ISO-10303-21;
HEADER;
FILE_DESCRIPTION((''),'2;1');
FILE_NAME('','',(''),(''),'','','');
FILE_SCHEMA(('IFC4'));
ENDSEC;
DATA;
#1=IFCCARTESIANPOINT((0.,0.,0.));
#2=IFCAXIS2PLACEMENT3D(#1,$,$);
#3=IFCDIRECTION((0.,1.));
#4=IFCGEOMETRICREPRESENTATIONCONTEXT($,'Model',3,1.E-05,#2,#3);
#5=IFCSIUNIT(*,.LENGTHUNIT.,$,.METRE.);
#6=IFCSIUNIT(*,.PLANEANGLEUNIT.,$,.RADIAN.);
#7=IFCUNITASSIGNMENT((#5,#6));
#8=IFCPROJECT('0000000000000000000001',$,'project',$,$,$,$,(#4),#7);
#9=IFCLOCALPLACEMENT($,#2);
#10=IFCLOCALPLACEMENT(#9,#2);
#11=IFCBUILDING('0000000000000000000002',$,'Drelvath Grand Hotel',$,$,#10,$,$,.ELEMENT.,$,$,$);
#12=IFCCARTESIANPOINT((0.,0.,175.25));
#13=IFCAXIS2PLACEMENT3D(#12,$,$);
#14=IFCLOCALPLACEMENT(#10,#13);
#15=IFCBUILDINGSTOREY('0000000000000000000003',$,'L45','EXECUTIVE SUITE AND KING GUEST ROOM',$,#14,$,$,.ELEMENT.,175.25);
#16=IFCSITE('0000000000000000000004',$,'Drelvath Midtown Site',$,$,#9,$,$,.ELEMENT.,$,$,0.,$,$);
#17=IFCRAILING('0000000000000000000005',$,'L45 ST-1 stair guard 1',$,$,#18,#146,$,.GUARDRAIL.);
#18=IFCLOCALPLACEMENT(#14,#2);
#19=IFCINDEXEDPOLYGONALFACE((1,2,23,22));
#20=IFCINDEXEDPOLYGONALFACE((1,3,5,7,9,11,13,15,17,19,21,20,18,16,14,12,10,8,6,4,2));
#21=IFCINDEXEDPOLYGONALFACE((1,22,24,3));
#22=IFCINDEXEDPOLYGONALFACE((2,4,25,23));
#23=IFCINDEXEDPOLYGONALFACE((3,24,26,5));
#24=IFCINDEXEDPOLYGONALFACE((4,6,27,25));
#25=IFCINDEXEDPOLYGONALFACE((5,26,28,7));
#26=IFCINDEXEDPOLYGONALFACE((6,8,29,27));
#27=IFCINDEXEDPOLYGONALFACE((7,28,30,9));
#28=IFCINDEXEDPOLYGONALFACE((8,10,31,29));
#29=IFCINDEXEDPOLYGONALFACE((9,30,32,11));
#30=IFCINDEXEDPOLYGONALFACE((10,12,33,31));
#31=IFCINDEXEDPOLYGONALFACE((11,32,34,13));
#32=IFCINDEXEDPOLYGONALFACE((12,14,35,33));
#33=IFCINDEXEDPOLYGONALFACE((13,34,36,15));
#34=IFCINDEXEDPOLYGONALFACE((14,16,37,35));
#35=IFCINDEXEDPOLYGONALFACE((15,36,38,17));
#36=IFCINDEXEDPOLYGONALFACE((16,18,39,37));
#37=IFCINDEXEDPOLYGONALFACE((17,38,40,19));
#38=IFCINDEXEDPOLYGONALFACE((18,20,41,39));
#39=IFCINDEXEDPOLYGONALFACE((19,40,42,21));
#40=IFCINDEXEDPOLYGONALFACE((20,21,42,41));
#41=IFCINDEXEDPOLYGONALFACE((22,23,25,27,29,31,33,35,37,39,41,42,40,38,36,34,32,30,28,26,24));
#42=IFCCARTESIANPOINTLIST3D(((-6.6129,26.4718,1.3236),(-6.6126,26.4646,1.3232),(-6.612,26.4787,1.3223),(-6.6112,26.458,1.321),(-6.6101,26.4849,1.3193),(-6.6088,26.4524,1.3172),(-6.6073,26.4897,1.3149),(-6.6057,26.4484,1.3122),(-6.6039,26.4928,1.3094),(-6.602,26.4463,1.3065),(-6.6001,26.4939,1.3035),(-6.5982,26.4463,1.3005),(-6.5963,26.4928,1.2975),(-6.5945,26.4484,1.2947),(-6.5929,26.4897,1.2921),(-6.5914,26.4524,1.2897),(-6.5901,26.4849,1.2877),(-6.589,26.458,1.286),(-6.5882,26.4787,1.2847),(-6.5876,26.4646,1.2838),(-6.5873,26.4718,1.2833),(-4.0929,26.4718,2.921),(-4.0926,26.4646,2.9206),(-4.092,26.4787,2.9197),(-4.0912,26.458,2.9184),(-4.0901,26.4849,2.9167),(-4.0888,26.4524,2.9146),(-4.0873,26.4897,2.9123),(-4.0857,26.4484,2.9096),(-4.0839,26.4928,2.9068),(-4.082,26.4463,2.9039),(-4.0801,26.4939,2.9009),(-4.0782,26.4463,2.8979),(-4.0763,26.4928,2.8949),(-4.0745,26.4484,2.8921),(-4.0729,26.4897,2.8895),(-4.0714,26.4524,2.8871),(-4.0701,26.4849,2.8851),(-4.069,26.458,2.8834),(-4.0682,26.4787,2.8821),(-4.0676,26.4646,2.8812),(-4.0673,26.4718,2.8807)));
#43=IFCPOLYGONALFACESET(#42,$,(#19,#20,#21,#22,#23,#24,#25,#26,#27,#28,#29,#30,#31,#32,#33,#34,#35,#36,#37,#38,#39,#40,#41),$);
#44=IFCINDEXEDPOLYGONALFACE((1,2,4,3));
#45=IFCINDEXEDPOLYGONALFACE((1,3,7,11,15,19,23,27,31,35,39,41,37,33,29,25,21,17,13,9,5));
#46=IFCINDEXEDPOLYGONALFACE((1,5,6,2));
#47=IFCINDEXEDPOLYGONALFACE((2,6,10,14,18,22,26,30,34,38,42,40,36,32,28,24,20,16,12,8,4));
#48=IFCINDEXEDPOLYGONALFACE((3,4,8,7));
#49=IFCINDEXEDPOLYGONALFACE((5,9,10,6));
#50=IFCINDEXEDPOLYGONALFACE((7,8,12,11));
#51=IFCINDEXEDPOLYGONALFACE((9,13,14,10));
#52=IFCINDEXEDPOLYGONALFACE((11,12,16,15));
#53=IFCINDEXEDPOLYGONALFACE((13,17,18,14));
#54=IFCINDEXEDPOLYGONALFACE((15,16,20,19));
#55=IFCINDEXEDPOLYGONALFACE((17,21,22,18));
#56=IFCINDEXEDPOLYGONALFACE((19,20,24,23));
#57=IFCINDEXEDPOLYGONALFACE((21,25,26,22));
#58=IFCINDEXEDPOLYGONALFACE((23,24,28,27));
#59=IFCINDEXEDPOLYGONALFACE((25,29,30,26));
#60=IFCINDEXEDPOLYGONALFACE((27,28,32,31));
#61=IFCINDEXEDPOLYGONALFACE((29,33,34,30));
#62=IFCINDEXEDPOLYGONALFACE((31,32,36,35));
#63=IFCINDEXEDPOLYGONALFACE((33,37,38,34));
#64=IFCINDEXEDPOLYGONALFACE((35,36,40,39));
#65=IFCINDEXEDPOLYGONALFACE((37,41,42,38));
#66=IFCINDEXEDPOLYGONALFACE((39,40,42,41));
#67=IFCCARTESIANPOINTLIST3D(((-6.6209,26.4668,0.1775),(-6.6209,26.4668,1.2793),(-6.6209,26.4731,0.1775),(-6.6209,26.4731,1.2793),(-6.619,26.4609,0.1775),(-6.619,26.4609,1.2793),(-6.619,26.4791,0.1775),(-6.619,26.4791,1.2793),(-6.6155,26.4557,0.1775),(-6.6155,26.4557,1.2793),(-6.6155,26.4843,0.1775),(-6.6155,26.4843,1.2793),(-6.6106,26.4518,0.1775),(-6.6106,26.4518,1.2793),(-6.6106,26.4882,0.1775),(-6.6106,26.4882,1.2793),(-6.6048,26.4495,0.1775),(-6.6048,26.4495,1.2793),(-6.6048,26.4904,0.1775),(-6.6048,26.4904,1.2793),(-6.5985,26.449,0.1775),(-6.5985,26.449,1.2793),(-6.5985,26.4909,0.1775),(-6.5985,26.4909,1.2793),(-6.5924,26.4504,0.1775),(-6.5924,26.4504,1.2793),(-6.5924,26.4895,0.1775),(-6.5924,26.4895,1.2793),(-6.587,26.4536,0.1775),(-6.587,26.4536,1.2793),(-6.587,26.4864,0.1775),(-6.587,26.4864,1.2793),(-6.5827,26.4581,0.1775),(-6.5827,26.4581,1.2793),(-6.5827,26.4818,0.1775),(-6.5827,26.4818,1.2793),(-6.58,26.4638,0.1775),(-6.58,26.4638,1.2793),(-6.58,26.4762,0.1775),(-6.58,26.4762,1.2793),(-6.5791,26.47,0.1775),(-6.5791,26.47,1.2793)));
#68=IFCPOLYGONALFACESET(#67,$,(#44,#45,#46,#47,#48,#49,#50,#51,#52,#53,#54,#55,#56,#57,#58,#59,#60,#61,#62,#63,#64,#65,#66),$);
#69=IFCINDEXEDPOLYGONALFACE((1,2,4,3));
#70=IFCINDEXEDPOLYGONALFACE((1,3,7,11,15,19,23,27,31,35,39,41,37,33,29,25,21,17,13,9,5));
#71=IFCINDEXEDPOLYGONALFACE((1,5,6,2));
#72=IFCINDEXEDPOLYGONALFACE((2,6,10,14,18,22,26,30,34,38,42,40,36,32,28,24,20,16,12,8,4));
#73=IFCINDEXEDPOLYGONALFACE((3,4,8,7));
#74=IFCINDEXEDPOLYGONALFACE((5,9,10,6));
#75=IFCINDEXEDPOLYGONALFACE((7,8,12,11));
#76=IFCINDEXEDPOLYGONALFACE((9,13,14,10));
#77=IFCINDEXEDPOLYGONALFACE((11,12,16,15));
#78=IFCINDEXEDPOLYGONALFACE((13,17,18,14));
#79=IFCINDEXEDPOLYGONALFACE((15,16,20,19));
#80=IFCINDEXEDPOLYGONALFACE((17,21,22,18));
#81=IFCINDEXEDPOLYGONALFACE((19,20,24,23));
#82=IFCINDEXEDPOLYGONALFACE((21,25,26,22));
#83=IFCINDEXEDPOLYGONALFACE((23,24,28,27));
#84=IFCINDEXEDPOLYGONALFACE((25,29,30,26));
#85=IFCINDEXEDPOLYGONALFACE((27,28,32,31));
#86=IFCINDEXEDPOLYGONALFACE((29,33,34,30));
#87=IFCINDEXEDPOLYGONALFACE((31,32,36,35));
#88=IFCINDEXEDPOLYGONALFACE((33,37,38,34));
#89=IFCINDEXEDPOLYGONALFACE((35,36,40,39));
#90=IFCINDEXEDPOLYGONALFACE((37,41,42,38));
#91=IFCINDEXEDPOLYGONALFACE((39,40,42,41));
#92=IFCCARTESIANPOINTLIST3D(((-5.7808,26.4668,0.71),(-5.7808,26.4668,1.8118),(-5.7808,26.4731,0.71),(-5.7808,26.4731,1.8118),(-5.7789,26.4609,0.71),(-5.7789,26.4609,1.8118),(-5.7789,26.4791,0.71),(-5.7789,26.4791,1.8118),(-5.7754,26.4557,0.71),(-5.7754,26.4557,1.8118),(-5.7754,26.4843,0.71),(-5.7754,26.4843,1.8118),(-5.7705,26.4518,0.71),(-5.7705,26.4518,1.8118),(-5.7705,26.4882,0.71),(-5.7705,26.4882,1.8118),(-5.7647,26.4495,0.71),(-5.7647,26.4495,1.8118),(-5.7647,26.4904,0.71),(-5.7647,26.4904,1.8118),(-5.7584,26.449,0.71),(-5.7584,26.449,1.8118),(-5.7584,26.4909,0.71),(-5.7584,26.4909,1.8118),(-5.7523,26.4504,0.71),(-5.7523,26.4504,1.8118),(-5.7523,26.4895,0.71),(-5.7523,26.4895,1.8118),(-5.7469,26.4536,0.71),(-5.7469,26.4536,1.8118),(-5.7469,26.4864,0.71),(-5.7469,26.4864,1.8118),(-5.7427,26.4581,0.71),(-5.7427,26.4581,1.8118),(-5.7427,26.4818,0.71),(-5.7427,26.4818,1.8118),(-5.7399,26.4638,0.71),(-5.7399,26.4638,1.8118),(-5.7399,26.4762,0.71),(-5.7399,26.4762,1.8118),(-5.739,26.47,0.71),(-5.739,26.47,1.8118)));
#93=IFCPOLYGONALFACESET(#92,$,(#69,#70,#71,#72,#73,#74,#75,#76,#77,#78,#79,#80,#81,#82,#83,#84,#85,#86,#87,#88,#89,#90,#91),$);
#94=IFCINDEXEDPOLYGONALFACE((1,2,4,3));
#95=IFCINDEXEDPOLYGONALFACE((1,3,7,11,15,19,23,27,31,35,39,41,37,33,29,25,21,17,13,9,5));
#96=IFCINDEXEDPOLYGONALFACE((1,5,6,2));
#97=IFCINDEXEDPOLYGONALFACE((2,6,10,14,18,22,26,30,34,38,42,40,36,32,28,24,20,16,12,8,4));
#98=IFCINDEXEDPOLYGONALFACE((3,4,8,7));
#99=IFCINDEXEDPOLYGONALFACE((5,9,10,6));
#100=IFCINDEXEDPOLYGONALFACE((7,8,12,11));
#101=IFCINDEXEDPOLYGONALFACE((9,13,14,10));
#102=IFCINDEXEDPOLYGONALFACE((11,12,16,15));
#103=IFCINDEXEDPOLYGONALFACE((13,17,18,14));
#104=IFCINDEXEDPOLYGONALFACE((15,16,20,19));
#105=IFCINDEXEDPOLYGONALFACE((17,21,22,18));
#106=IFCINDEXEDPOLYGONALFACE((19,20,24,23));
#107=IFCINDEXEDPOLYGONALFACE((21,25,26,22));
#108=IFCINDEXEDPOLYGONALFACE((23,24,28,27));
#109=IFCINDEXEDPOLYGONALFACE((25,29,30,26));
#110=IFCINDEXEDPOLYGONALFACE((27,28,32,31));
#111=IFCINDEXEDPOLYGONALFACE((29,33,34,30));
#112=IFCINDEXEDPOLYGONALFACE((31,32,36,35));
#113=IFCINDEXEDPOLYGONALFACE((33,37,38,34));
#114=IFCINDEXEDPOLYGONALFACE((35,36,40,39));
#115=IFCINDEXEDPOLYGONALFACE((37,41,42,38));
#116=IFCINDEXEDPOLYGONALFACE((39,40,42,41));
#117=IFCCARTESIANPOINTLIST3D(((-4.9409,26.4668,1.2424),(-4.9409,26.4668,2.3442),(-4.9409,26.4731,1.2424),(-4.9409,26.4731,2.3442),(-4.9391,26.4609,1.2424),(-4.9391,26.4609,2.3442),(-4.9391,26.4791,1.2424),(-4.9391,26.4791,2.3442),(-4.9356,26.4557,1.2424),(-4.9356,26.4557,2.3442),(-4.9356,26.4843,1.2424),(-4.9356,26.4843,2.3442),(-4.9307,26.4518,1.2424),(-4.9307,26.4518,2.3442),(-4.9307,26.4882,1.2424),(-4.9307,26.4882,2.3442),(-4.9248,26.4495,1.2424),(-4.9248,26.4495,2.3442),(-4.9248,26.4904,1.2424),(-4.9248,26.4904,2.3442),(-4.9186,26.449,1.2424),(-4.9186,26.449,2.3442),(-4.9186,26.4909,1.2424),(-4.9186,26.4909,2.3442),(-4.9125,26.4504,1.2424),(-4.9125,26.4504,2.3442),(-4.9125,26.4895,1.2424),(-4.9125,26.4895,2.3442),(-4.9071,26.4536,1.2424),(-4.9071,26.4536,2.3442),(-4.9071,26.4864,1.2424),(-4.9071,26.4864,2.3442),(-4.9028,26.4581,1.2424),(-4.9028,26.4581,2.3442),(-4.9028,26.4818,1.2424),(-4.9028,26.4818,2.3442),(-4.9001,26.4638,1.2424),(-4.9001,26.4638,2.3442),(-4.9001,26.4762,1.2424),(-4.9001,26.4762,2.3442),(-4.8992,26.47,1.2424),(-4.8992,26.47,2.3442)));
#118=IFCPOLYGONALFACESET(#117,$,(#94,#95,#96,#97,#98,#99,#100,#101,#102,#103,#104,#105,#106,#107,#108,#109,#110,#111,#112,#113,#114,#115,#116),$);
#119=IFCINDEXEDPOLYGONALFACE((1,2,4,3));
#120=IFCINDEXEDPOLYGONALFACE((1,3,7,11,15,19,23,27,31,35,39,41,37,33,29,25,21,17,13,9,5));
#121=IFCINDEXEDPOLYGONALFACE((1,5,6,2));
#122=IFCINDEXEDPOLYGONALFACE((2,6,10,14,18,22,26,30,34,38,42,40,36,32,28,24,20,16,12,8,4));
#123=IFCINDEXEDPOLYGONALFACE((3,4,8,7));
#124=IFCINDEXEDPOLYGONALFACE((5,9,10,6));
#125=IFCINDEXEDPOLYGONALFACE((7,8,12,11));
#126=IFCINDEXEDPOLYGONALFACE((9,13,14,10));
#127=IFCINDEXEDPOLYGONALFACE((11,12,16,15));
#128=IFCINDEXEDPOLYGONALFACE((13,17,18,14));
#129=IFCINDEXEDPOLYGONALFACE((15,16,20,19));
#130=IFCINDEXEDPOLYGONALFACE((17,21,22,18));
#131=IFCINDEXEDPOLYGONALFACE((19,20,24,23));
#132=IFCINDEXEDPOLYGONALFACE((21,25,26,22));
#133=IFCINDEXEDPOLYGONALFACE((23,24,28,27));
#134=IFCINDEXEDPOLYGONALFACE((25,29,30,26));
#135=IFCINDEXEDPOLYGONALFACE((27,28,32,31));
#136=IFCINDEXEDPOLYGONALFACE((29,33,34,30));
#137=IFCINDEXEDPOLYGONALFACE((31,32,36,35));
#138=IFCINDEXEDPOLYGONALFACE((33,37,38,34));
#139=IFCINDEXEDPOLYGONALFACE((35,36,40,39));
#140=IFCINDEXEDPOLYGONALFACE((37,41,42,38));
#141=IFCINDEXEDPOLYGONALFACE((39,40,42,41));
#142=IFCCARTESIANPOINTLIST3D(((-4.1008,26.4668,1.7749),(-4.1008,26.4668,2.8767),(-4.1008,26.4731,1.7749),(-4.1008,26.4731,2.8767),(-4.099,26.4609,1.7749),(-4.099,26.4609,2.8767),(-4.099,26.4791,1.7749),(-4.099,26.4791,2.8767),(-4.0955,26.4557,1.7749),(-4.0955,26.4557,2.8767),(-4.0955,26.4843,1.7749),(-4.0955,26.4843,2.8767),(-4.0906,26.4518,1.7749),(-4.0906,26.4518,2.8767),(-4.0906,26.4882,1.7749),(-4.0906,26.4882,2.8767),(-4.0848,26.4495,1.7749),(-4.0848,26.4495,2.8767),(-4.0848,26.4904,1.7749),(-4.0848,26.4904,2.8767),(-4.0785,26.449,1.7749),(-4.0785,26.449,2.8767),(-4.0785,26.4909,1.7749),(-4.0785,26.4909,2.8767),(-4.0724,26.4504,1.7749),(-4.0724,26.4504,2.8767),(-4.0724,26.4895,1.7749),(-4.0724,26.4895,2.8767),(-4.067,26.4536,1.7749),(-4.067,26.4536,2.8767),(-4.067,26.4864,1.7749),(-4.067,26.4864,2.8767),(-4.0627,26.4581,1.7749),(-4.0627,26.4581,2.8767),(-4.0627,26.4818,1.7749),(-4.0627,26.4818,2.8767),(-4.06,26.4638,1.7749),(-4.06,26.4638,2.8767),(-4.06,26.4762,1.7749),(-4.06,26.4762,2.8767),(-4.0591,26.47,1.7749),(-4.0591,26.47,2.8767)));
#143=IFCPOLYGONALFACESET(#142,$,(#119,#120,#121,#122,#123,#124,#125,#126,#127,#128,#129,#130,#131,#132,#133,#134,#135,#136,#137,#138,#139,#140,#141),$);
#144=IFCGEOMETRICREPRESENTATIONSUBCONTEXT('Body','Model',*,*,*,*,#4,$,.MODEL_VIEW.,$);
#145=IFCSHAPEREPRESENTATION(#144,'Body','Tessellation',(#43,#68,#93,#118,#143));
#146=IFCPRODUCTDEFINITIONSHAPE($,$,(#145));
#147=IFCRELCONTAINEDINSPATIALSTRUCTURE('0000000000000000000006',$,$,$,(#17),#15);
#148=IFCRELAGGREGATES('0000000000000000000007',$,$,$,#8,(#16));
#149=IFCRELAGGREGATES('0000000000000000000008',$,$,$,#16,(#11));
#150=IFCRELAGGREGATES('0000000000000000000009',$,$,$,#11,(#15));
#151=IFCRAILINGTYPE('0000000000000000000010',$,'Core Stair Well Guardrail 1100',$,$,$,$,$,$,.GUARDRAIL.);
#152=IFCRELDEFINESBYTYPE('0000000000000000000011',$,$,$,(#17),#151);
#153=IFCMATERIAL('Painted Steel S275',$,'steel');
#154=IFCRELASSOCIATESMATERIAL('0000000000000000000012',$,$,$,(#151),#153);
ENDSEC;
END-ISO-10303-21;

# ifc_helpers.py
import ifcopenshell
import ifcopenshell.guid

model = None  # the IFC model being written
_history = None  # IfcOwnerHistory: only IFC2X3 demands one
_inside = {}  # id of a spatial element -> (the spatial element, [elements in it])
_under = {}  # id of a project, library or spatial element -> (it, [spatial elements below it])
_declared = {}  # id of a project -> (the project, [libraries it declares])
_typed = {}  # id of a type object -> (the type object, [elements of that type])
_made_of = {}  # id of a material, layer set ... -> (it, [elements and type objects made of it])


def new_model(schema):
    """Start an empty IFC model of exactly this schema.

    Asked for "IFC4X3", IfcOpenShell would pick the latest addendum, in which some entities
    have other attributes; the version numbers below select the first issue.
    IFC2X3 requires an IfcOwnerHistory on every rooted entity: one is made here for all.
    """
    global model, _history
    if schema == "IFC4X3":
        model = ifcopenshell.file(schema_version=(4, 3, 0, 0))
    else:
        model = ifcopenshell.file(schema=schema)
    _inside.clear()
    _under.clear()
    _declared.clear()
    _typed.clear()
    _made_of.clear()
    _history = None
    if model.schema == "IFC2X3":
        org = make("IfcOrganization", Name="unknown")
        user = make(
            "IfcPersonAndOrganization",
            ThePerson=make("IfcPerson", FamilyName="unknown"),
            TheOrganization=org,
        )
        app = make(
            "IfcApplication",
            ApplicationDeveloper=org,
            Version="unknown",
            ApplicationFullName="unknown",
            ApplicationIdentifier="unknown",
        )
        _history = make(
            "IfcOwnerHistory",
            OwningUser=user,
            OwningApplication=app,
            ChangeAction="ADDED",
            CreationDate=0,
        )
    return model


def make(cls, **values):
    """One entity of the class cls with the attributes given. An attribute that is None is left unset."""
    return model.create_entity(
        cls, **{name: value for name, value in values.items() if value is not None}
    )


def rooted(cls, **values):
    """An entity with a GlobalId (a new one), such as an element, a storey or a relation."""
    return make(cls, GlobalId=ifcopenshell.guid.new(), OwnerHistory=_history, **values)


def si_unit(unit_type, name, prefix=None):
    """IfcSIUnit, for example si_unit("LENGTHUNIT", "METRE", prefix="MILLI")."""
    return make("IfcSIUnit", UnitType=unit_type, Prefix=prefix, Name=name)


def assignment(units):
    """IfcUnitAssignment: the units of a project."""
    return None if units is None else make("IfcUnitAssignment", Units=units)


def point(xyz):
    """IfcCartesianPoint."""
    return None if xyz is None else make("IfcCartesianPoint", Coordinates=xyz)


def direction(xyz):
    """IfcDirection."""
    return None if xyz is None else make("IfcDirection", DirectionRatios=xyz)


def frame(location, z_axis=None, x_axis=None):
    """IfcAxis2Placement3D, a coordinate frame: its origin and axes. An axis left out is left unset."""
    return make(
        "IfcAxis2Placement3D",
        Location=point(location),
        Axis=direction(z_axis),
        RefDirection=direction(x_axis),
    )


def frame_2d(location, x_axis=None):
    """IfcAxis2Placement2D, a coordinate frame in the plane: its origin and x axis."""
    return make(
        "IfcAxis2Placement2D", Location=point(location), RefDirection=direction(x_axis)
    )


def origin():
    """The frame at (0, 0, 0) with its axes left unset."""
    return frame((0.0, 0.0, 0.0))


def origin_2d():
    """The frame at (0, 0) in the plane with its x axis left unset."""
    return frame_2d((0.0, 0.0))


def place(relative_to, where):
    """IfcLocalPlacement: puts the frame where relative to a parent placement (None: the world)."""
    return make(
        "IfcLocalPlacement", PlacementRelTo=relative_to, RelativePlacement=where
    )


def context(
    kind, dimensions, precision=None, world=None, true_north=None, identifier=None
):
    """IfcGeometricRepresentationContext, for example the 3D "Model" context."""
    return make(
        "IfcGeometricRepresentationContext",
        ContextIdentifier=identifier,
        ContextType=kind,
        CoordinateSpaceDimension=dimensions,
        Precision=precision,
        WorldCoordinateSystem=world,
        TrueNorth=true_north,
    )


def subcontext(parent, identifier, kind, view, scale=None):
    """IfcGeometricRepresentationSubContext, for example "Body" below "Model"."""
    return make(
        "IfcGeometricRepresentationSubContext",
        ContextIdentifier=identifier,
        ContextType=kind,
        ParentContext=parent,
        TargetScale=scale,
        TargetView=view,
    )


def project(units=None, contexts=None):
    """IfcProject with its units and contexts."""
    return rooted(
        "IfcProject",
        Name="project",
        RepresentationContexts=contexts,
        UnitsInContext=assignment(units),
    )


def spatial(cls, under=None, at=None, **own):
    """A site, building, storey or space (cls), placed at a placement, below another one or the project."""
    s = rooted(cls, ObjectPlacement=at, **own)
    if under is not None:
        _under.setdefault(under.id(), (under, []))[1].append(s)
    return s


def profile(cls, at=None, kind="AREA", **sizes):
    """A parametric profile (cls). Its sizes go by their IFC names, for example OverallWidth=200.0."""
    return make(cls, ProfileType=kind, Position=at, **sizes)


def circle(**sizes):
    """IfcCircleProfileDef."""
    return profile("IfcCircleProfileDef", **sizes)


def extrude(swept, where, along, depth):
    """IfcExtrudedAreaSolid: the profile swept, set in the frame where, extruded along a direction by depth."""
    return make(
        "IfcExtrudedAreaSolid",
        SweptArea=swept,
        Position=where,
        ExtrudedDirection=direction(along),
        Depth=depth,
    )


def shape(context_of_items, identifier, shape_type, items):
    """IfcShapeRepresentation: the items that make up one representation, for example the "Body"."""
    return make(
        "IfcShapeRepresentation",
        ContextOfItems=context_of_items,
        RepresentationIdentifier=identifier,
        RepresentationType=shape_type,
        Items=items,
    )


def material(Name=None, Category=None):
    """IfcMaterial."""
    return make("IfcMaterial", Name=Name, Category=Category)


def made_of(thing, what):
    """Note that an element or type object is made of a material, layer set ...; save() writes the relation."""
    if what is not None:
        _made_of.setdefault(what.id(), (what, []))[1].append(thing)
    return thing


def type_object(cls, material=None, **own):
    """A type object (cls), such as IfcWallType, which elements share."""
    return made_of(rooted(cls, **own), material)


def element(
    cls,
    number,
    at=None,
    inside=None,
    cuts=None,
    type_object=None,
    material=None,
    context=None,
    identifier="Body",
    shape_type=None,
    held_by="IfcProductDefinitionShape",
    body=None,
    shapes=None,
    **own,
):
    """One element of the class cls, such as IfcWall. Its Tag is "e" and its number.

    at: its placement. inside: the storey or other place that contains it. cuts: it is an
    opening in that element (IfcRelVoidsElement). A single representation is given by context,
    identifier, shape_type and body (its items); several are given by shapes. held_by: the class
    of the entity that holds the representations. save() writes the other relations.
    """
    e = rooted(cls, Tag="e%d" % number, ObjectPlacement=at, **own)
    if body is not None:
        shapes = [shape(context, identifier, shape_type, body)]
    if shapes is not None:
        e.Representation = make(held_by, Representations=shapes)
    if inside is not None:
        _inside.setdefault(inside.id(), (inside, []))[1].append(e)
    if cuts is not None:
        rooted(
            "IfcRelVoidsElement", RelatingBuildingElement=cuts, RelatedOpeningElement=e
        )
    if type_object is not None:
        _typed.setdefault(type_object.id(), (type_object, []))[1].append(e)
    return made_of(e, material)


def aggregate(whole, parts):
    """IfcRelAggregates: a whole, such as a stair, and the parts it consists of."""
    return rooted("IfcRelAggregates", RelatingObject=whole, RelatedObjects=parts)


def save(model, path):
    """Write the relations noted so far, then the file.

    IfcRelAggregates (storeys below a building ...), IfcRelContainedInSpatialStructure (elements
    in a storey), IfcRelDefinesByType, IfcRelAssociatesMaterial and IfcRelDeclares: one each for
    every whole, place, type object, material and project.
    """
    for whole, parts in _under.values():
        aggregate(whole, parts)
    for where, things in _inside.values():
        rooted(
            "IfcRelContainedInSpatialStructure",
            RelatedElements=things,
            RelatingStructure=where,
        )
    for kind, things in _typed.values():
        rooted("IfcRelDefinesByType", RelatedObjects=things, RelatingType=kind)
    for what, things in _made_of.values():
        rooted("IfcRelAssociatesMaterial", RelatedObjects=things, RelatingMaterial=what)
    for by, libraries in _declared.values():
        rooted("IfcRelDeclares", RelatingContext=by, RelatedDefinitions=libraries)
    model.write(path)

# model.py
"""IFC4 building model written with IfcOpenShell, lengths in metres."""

from ifc_helpers import new_model, si_unit, direction, frame, origin, origin_2d, place, context, subcontext, project, spatial, circle, extrude, material, type_object, element, save


model = new_model("IFC4")

# Units and contexts
model_context = context("Model", 3, precision=1e-05, world=origin(), true_north=direction((0.0, 1.0)))
body_context = subcontext(model_context, "Body", "Model", "MODEL_VIEW")
ifc_project = project(units=[si_unit("LENGTHUNIT", "METRE"), si_unit("PLANEANGLEUNIT", "RADIAN")], contexts=[model_context])

# Site, building, storey
site_placement = place(None, origin())
site = spatial("IfcSite", under=ifc_project, at=site_placement, Name="Drelvath Midtown Site", CompositionType="ELEMENT", RefElevation=0.0)
building_placement = place(site_placement, origin())
building = spatial("IfcBuilding", under=site, at=building_placement, Name="Drelvath Grand Hotel", CompositionType="ELEMENT")
storey_placement = place(building_placement, frame((0.0, 0.0, 175.25)))
storey = spatial("IfcBuildingStorey", under=building, at=storey_placement, Name="L45", Description="EXECUTIVE SUITE AND KING GUEST ROOM", CompositionType="ELEMENT", Elevation=175.25)

# Shared definitions
ifc_material_1 = material(Name="Painted Steel S275", Category="steel")

# Railing
railing_type_1 = type_object("IfcRailingType", Name="Core Stair Well Guardrail 1100", PredefinedType="GUARDRAIL", material=ifc_material_1)
railing_1_placement = place(storey_placement, frame((-6.6001, 26.47, 0.1775)))
element("IfcRailing", 1, at=railing_1_placement, inside=storey, type_object=railing_type_1, Name="L45 ST-1 stair guard 1", PredefinedType="GUARDRAIL", context=body_context, shape_type="SweptSolid", body=[
    extrude(circle(Radius=0.0239, at=origin_2d()), frame((0.0, 0.0, 1.126), z_axis=(0.844607, 0.0, 0.535387), x_axis=(0.0, 1.0, 0.0)), (0.0, 0.0, 1.0), 2.9836),
    extrude(circle(Radius=0.021, at=origin_2d()), origin(), (0.0, 0.0, 1.0), 1.1018),
    extrude(circle(Radius=0.021, at=origin_2d()), frame((0.8401, 0.0, 0.5325)), (0.0, 0.0, 1.0), 1.1018),
    extrude(circle(Radius=0.021, at=origin_2d()), frame((1.6799, 0.0, 1.0649)), (0.0, 0.0, 1.0), 1.1018),
    extrude(circle(Radius=0.021, at=origin_2d()), frame((2.52, 0.0, 1.5974)), (0.0, 0.0, 1.0), 1.1018),
])

save(model, "model.ifc")
